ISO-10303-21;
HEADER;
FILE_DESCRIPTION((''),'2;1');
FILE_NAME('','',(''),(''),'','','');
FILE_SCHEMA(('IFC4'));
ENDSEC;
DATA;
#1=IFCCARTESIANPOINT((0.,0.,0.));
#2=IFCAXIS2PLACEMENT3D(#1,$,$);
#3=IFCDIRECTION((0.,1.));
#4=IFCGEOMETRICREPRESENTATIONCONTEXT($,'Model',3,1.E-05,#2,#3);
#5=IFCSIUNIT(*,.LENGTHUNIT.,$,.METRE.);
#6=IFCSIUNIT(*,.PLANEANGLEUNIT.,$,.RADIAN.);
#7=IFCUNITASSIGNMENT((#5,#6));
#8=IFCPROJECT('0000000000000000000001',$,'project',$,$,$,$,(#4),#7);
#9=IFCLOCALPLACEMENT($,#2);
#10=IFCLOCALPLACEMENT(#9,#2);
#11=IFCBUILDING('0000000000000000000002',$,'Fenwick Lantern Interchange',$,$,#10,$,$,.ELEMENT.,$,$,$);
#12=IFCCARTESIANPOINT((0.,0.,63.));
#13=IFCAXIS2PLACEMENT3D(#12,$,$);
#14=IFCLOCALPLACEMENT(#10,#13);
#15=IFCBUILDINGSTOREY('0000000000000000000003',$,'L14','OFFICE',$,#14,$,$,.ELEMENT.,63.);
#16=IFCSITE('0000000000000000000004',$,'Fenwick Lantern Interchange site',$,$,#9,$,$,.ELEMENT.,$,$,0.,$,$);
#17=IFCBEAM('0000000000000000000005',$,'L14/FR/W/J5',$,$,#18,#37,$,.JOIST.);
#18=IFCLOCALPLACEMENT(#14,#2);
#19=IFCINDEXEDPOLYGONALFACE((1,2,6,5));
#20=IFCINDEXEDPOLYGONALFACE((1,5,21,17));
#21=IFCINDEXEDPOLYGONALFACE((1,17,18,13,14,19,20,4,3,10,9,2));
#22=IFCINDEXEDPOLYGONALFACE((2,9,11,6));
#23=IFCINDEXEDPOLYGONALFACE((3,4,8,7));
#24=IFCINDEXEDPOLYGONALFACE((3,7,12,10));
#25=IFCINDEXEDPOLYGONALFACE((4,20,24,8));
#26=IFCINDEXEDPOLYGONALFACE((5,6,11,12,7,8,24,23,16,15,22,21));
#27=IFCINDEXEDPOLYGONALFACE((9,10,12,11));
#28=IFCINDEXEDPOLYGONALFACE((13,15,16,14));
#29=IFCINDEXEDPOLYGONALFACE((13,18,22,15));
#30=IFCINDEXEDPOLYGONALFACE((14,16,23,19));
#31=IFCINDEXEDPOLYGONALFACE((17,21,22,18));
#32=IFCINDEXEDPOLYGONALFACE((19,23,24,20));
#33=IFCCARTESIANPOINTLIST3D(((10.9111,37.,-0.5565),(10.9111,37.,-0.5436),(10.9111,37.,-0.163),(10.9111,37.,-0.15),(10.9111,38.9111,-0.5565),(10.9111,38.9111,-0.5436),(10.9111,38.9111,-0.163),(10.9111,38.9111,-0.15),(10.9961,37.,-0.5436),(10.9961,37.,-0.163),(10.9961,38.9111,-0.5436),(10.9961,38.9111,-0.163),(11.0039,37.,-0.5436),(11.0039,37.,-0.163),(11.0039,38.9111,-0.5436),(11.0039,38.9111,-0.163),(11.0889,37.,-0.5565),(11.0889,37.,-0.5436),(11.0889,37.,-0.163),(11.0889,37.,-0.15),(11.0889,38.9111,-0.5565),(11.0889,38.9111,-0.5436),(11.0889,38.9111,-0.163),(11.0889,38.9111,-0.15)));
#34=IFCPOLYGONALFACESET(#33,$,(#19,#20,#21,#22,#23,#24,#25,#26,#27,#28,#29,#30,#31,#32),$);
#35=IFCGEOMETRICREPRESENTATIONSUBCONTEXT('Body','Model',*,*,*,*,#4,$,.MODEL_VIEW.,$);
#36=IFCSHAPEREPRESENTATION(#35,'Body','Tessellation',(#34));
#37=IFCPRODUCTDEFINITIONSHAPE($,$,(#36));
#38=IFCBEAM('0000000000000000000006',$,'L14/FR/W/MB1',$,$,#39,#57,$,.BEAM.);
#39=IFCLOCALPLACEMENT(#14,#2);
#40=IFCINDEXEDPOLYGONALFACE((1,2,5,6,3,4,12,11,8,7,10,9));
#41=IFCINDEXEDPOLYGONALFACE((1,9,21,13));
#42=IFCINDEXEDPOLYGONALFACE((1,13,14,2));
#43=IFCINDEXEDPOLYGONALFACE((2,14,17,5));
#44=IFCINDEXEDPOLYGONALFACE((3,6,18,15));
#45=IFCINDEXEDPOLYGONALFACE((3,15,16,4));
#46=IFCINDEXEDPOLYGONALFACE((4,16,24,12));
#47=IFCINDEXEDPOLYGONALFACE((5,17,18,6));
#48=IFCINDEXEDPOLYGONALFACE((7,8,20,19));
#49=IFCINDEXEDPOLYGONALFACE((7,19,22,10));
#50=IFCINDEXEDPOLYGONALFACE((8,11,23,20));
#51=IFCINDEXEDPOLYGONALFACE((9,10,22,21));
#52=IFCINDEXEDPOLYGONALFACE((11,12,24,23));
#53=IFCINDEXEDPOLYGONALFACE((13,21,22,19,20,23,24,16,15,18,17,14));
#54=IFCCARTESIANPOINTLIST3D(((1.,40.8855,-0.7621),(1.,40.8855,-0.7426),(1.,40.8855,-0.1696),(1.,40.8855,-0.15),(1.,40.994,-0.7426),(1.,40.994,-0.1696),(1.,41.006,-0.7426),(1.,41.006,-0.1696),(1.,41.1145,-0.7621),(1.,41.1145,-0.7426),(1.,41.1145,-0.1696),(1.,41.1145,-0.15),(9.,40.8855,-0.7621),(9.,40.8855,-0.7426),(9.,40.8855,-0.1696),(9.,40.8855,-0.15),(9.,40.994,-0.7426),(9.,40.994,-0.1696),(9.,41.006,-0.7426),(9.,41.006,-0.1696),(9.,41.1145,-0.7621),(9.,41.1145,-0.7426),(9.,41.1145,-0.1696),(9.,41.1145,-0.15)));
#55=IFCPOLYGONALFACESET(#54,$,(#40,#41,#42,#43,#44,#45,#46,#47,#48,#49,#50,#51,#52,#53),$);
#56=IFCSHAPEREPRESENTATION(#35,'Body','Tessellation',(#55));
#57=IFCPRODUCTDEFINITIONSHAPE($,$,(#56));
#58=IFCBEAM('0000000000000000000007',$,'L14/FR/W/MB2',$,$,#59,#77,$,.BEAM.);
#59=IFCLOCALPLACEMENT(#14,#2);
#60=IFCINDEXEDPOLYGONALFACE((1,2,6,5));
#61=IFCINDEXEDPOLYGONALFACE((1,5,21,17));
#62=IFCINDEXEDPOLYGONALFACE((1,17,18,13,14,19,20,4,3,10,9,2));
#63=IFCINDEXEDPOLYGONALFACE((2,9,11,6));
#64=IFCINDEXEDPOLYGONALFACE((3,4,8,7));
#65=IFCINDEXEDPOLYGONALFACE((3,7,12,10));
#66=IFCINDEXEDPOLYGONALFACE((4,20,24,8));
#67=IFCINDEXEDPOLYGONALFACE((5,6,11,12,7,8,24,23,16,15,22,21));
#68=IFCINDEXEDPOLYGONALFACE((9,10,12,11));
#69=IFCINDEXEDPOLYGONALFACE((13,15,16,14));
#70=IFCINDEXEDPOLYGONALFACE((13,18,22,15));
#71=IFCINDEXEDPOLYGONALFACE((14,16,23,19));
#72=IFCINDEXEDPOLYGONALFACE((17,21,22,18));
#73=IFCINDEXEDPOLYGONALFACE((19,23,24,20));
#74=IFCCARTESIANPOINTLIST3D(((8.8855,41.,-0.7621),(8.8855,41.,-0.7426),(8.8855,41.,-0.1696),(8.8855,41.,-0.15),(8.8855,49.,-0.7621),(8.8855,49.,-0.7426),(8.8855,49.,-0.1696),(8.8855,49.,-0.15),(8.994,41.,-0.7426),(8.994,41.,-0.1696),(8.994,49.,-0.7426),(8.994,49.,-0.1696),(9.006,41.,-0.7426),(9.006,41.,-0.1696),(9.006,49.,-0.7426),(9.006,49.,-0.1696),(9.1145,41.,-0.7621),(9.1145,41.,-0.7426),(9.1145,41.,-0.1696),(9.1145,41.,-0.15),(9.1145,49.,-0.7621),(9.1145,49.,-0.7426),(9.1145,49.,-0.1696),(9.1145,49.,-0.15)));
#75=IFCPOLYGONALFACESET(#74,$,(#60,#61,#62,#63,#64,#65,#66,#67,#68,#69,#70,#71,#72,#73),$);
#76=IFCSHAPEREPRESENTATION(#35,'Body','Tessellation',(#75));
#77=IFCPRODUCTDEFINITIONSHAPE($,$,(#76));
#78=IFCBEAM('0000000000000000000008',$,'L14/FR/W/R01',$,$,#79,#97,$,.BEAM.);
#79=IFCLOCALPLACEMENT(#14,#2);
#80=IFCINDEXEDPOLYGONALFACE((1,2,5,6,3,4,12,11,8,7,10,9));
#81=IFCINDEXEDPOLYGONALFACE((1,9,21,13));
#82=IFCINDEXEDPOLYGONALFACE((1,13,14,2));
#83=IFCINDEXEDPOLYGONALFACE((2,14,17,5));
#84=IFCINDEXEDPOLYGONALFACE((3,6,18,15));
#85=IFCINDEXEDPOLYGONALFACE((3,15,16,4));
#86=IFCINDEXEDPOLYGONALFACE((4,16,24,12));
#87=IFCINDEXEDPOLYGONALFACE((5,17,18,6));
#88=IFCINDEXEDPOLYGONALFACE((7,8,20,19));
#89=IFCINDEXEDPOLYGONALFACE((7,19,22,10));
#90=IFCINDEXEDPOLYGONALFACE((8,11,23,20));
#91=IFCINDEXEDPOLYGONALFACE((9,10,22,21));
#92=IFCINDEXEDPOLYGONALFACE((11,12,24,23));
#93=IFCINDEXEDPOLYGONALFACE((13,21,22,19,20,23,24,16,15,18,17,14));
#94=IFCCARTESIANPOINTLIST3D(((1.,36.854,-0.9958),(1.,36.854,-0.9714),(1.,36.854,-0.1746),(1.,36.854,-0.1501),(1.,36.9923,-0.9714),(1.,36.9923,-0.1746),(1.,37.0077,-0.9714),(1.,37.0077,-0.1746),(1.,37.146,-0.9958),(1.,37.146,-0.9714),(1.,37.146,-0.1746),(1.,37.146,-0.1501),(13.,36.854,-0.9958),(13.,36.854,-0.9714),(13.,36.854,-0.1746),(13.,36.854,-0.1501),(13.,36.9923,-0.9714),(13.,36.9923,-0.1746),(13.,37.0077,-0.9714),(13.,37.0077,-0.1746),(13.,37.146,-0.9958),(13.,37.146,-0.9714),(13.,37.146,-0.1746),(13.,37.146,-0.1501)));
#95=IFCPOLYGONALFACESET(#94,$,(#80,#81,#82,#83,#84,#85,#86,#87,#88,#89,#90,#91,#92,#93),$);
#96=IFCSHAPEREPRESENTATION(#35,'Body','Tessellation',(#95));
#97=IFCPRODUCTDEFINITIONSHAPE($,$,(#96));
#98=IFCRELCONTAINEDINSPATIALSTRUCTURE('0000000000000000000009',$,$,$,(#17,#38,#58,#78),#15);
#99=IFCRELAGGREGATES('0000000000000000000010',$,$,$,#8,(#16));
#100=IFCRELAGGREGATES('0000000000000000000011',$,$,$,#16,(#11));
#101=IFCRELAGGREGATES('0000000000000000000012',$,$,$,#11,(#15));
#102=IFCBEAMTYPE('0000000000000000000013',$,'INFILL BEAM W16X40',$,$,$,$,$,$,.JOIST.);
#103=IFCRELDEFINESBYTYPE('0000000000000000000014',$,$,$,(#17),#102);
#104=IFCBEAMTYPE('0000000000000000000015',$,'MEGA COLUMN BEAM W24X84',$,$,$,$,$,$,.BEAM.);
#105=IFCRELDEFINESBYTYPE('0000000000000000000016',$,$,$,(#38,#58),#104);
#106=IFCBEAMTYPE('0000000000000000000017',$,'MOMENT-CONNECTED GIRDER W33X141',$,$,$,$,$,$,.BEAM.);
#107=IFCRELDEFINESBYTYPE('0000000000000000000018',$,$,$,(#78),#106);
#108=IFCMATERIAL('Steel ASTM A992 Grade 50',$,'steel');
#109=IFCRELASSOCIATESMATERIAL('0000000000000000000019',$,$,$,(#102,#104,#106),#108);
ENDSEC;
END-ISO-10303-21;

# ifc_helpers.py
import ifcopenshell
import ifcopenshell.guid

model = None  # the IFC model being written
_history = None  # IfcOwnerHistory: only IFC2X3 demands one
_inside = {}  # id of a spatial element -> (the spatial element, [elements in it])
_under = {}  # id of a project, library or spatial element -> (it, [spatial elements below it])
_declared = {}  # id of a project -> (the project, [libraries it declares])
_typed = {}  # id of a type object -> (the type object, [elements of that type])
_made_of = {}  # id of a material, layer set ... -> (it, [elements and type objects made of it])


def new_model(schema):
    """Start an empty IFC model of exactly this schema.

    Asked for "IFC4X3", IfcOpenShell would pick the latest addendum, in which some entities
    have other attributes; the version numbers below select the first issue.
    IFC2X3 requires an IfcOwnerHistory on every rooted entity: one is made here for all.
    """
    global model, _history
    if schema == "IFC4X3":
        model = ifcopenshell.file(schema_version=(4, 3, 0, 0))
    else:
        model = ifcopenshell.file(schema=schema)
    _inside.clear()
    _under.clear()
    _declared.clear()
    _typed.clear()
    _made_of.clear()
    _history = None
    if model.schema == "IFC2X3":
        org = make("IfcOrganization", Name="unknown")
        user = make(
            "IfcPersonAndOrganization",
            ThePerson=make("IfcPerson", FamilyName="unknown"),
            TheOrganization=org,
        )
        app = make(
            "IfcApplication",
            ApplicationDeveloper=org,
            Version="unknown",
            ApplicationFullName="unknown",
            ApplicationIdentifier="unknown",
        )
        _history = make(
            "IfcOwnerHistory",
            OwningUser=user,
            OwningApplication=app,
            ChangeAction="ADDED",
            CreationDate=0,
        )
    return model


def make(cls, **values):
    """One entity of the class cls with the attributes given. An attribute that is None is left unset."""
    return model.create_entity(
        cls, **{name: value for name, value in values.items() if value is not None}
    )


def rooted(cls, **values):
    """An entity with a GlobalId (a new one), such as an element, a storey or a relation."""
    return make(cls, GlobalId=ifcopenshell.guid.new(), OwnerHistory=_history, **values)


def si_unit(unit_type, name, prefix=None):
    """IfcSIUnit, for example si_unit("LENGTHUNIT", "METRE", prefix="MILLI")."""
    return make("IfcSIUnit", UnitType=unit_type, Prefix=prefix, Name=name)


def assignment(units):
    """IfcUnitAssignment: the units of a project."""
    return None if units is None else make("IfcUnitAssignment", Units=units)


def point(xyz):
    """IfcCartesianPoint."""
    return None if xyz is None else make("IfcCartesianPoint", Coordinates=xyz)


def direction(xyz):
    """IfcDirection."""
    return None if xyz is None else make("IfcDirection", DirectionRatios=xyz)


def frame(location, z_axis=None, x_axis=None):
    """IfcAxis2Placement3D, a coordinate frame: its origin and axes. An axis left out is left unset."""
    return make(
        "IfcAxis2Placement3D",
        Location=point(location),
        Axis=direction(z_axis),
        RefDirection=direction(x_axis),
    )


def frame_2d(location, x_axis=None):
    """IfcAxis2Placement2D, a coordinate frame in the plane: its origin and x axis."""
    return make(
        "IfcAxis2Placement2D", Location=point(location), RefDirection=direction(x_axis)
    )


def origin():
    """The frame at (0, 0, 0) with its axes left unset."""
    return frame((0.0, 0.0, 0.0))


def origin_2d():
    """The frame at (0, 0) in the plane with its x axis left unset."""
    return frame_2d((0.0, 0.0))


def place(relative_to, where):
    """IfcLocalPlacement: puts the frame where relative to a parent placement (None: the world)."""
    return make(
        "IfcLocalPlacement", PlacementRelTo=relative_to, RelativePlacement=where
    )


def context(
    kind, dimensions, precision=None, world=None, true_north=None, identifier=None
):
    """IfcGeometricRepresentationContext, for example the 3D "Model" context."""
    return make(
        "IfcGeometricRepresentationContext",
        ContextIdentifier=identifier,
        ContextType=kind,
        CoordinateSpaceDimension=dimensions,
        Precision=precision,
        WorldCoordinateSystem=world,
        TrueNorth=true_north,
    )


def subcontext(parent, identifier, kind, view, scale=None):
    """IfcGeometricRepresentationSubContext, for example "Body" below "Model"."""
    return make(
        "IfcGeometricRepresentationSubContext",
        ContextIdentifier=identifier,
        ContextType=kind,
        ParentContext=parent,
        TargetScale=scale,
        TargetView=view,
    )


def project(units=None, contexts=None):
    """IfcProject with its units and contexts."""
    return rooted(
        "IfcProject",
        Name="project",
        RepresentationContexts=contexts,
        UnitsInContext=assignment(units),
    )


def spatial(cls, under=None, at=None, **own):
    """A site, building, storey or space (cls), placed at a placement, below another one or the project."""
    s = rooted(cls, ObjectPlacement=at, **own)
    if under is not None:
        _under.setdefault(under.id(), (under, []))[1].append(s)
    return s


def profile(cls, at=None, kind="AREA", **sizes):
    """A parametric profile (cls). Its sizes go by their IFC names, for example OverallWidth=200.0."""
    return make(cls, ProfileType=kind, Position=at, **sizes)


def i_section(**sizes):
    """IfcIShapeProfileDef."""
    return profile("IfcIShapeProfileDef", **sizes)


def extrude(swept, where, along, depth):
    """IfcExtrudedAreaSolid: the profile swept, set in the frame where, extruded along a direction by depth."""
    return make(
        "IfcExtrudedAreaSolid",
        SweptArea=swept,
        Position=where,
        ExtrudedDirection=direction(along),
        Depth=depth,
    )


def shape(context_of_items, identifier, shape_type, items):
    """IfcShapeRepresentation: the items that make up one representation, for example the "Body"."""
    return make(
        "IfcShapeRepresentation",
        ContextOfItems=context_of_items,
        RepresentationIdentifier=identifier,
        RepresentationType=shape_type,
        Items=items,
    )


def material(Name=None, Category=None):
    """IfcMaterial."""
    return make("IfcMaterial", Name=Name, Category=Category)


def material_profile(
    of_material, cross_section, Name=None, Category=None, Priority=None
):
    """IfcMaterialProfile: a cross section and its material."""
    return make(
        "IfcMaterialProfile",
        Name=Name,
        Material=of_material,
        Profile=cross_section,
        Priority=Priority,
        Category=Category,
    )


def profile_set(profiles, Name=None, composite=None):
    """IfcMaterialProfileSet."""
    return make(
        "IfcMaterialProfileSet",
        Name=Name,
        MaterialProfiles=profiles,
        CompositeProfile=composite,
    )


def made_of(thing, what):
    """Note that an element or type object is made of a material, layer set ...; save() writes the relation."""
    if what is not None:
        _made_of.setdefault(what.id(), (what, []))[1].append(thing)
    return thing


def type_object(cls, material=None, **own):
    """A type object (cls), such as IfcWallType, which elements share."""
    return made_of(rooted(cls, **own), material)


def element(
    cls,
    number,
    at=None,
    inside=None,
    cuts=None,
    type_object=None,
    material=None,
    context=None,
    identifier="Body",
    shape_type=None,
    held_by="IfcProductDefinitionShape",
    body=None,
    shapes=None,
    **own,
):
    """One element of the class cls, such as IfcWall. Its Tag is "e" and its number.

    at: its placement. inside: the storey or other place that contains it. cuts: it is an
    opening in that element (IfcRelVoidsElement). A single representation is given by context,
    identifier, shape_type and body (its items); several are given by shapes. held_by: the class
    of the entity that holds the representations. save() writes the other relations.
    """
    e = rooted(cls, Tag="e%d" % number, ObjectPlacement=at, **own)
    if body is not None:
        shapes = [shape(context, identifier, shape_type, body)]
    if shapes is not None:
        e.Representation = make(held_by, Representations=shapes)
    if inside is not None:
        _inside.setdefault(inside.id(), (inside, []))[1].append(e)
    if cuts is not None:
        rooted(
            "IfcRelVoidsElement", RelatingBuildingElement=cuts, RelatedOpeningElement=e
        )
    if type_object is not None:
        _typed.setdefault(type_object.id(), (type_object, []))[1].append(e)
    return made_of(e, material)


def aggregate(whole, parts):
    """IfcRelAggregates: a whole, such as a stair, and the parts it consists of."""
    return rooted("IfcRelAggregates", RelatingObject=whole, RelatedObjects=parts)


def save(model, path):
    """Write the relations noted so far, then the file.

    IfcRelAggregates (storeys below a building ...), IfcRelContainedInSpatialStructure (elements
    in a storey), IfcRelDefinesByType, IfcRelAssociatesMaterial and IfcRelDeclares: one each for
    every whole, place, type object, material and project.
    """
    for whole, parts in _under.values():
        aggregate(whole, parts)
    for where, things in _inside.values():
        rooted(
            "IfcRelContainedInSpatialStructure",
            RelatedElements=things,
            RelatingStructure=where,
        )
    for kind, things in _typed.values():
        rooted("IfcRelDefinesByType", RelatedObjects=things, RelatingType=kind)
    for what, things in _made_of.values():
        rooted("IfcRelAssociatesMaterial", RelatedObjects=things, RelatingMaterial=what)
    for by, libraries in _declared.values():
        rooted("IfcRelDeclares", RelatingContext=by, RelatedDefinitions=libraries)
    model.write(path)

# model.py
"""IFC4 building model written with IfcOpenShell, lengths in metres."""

from ifc_helpers import new_model, si_unit, direction, frame, origin, origin_2d, place, context, subcontext, project, spatial, i_section, extrude, material, material_profile, profile_set, type_object, element, save


model = new_model("IFC4")

# Units and contexts
model_context = context("Model", 3, precision=1e-05, world=origin(), true_north=direction((0.0, 1.0)))
body_context = subcontext(model_context, "Body", "Model", "MODEL_VIEW")
ifc_project = project(units=[si_unit("LENGTHUNIT", "METRE"), si_unit("PLANEANGLEUNIT", "RADIAN")], contexts=[model_context])

# Site, building, storey
site_placement = place(None, origin())
site = spatial("IfcSite", under=ifc_project, at=site_placement, Name="Fenwick Lantern Interchange site", CompositionType="ELEMENT", RefElevation=0.0)
building_placement = place(site_placement, origin())
building = spatial("IfcBuilding", under=site, at=building_placement, Name="Fenwick Lantern Interchange", CompositionType="ELEMENT")
storey_placement = place(building_placement, frame((0.0, 0.0, 63.0)))
storey = spatial("IfcBuildingStorey", under=building, at=storey_placement, Name="L14", Description="OFFICE", CompositionType="ELEMENT", Elevation=63.0)

# Beams
ifc_material_1 = material(Name="Steel ASTM A992 Grade 50", Category="steel")
ifc_material_profile_1 = material_profile(ifc_material_1, i_section(OverallWidth=0.1777, OverallDepth=0.4065, WebThickness=0.0078, FlangeThickness=0.0129, at=origin_2d()), Name="W16X40")
ifc_profile_set_1 = profile_set([ifc_material_profile_1], Name="Steel ASTM A992 Grade 50")
beam_type_1 = type_object("IfcBeamType", Name="INFILL BEAM W16X40", PredefinedType="JOIST", material=ifc_profile_set_1)
beam_1_placement = place(storey_placement, frame((11.0, 38.9111, -0.3533), z_axis=(0.0, -1.0, 0.0), x_axis=(1.0, 0.0, 0.0)))
element("IfcBeam", 1, at=beam_1_placement, inside=storey, type_object=beam_type_1, Name="L14/FR/W/J5", PredefinedType="JOIST", context=body_context, shape_type="SweptSolid", body=[
    extrude(i_section(OverallWidth=0.1777, OverallDepth=0.4065, WebThickness=0.0078, FlangeThickness=0.0129, at=origin_2d()), origin(), (0.0, 0.0, 1.0), 1.9111),
])
ifc_material_profile_2 = material_profile(ifc_material_1, i_section(OverallWidth=0.229, OverallDepth=0.6121, WebThickness=0.012, FlangeThickness=0.0195, at=origin_2d()), Name="W24X84")
ifc_profile_set_2 = profile_set([ifc_material_profile_2], Name="Steel ASTM A992 Grade 50")
beam_type_2 = type_object("IfcBeamType", Name="MEGA COLUMN BEAM W24X84", PredefinedType="BEAM", material=ifc_profile_set_2)
for number, where, z_axis, x_axis, name in (
    (2, (9.0, 41.0, -0.4561), (-1.0, 0.0, 0.0), (0.0, -1.0, 0.0), "L14/FR/W/MB1"),
    (3, (9.0, 41.0, -0.4561), (0.0, 1.0, 0.0), (-1.0, 0.0, 0.0), "L14/FR/W/MB2"),
):
    element("IfcBeam", number, at=place(storey_placement, frame(where, z_axis=z_axis, x_axis=x_axis)), inside=storey, type_object=beam_type_2, Name=name, PredefinedType="BEAM", context=body_context, shape_type="SweptSolid", body=[
        extrude(i_section(OverallWidth=0.229, OverallDepth=0.6121, WebThickness=0.012, FlangeThickness=0.0195, at=origin_2d()), origin(), (0.0, 0.0, 1.0), 8.0),
    ])
ifc_material_profile_3 = material_profile(ifc_material_1, i_section(OverallWidth=0.292, OverallDepth=0.8457, WebThickness=0.0154, FlangeThickness=0.0244, at=origin_2d()), Name="W33X141")
ifc_profile_set_3 = profile_set([ifc_material_profile_3], Name="Steel ASTM A992 Grade 50")
beam_type_3 = type_object("IfcBeamType", Name="MOMENT-CONNECTED GIRDER W33X141", PredefinedType="BEAM", material=ifc_profile_set_3)
beam_2_placement = place(storey_placement, frame((1.0, 37.0, -0.573), z_axis=(1.0, 0.0, 0.0), x_axis=(0.0, 1.0, 0.0)))
element("IfcBeam", 4, at=beam_2_placement, inside=storey, type_object=beam_type_3, Name="L14/FR/W/R01", PredefinedType="BEAM", context=body_context, shape_type="SweptSolid", body=[
    extrude(i_section(OverallWidth=0.292, OverallDepth=0.8457, WebThickness=0.0154, FlangeThickness=0.0244, at=origin_2d()), origin(), (0.0, 0.0, 1.0), 12.0),
])

save(model, "model.ifc")
